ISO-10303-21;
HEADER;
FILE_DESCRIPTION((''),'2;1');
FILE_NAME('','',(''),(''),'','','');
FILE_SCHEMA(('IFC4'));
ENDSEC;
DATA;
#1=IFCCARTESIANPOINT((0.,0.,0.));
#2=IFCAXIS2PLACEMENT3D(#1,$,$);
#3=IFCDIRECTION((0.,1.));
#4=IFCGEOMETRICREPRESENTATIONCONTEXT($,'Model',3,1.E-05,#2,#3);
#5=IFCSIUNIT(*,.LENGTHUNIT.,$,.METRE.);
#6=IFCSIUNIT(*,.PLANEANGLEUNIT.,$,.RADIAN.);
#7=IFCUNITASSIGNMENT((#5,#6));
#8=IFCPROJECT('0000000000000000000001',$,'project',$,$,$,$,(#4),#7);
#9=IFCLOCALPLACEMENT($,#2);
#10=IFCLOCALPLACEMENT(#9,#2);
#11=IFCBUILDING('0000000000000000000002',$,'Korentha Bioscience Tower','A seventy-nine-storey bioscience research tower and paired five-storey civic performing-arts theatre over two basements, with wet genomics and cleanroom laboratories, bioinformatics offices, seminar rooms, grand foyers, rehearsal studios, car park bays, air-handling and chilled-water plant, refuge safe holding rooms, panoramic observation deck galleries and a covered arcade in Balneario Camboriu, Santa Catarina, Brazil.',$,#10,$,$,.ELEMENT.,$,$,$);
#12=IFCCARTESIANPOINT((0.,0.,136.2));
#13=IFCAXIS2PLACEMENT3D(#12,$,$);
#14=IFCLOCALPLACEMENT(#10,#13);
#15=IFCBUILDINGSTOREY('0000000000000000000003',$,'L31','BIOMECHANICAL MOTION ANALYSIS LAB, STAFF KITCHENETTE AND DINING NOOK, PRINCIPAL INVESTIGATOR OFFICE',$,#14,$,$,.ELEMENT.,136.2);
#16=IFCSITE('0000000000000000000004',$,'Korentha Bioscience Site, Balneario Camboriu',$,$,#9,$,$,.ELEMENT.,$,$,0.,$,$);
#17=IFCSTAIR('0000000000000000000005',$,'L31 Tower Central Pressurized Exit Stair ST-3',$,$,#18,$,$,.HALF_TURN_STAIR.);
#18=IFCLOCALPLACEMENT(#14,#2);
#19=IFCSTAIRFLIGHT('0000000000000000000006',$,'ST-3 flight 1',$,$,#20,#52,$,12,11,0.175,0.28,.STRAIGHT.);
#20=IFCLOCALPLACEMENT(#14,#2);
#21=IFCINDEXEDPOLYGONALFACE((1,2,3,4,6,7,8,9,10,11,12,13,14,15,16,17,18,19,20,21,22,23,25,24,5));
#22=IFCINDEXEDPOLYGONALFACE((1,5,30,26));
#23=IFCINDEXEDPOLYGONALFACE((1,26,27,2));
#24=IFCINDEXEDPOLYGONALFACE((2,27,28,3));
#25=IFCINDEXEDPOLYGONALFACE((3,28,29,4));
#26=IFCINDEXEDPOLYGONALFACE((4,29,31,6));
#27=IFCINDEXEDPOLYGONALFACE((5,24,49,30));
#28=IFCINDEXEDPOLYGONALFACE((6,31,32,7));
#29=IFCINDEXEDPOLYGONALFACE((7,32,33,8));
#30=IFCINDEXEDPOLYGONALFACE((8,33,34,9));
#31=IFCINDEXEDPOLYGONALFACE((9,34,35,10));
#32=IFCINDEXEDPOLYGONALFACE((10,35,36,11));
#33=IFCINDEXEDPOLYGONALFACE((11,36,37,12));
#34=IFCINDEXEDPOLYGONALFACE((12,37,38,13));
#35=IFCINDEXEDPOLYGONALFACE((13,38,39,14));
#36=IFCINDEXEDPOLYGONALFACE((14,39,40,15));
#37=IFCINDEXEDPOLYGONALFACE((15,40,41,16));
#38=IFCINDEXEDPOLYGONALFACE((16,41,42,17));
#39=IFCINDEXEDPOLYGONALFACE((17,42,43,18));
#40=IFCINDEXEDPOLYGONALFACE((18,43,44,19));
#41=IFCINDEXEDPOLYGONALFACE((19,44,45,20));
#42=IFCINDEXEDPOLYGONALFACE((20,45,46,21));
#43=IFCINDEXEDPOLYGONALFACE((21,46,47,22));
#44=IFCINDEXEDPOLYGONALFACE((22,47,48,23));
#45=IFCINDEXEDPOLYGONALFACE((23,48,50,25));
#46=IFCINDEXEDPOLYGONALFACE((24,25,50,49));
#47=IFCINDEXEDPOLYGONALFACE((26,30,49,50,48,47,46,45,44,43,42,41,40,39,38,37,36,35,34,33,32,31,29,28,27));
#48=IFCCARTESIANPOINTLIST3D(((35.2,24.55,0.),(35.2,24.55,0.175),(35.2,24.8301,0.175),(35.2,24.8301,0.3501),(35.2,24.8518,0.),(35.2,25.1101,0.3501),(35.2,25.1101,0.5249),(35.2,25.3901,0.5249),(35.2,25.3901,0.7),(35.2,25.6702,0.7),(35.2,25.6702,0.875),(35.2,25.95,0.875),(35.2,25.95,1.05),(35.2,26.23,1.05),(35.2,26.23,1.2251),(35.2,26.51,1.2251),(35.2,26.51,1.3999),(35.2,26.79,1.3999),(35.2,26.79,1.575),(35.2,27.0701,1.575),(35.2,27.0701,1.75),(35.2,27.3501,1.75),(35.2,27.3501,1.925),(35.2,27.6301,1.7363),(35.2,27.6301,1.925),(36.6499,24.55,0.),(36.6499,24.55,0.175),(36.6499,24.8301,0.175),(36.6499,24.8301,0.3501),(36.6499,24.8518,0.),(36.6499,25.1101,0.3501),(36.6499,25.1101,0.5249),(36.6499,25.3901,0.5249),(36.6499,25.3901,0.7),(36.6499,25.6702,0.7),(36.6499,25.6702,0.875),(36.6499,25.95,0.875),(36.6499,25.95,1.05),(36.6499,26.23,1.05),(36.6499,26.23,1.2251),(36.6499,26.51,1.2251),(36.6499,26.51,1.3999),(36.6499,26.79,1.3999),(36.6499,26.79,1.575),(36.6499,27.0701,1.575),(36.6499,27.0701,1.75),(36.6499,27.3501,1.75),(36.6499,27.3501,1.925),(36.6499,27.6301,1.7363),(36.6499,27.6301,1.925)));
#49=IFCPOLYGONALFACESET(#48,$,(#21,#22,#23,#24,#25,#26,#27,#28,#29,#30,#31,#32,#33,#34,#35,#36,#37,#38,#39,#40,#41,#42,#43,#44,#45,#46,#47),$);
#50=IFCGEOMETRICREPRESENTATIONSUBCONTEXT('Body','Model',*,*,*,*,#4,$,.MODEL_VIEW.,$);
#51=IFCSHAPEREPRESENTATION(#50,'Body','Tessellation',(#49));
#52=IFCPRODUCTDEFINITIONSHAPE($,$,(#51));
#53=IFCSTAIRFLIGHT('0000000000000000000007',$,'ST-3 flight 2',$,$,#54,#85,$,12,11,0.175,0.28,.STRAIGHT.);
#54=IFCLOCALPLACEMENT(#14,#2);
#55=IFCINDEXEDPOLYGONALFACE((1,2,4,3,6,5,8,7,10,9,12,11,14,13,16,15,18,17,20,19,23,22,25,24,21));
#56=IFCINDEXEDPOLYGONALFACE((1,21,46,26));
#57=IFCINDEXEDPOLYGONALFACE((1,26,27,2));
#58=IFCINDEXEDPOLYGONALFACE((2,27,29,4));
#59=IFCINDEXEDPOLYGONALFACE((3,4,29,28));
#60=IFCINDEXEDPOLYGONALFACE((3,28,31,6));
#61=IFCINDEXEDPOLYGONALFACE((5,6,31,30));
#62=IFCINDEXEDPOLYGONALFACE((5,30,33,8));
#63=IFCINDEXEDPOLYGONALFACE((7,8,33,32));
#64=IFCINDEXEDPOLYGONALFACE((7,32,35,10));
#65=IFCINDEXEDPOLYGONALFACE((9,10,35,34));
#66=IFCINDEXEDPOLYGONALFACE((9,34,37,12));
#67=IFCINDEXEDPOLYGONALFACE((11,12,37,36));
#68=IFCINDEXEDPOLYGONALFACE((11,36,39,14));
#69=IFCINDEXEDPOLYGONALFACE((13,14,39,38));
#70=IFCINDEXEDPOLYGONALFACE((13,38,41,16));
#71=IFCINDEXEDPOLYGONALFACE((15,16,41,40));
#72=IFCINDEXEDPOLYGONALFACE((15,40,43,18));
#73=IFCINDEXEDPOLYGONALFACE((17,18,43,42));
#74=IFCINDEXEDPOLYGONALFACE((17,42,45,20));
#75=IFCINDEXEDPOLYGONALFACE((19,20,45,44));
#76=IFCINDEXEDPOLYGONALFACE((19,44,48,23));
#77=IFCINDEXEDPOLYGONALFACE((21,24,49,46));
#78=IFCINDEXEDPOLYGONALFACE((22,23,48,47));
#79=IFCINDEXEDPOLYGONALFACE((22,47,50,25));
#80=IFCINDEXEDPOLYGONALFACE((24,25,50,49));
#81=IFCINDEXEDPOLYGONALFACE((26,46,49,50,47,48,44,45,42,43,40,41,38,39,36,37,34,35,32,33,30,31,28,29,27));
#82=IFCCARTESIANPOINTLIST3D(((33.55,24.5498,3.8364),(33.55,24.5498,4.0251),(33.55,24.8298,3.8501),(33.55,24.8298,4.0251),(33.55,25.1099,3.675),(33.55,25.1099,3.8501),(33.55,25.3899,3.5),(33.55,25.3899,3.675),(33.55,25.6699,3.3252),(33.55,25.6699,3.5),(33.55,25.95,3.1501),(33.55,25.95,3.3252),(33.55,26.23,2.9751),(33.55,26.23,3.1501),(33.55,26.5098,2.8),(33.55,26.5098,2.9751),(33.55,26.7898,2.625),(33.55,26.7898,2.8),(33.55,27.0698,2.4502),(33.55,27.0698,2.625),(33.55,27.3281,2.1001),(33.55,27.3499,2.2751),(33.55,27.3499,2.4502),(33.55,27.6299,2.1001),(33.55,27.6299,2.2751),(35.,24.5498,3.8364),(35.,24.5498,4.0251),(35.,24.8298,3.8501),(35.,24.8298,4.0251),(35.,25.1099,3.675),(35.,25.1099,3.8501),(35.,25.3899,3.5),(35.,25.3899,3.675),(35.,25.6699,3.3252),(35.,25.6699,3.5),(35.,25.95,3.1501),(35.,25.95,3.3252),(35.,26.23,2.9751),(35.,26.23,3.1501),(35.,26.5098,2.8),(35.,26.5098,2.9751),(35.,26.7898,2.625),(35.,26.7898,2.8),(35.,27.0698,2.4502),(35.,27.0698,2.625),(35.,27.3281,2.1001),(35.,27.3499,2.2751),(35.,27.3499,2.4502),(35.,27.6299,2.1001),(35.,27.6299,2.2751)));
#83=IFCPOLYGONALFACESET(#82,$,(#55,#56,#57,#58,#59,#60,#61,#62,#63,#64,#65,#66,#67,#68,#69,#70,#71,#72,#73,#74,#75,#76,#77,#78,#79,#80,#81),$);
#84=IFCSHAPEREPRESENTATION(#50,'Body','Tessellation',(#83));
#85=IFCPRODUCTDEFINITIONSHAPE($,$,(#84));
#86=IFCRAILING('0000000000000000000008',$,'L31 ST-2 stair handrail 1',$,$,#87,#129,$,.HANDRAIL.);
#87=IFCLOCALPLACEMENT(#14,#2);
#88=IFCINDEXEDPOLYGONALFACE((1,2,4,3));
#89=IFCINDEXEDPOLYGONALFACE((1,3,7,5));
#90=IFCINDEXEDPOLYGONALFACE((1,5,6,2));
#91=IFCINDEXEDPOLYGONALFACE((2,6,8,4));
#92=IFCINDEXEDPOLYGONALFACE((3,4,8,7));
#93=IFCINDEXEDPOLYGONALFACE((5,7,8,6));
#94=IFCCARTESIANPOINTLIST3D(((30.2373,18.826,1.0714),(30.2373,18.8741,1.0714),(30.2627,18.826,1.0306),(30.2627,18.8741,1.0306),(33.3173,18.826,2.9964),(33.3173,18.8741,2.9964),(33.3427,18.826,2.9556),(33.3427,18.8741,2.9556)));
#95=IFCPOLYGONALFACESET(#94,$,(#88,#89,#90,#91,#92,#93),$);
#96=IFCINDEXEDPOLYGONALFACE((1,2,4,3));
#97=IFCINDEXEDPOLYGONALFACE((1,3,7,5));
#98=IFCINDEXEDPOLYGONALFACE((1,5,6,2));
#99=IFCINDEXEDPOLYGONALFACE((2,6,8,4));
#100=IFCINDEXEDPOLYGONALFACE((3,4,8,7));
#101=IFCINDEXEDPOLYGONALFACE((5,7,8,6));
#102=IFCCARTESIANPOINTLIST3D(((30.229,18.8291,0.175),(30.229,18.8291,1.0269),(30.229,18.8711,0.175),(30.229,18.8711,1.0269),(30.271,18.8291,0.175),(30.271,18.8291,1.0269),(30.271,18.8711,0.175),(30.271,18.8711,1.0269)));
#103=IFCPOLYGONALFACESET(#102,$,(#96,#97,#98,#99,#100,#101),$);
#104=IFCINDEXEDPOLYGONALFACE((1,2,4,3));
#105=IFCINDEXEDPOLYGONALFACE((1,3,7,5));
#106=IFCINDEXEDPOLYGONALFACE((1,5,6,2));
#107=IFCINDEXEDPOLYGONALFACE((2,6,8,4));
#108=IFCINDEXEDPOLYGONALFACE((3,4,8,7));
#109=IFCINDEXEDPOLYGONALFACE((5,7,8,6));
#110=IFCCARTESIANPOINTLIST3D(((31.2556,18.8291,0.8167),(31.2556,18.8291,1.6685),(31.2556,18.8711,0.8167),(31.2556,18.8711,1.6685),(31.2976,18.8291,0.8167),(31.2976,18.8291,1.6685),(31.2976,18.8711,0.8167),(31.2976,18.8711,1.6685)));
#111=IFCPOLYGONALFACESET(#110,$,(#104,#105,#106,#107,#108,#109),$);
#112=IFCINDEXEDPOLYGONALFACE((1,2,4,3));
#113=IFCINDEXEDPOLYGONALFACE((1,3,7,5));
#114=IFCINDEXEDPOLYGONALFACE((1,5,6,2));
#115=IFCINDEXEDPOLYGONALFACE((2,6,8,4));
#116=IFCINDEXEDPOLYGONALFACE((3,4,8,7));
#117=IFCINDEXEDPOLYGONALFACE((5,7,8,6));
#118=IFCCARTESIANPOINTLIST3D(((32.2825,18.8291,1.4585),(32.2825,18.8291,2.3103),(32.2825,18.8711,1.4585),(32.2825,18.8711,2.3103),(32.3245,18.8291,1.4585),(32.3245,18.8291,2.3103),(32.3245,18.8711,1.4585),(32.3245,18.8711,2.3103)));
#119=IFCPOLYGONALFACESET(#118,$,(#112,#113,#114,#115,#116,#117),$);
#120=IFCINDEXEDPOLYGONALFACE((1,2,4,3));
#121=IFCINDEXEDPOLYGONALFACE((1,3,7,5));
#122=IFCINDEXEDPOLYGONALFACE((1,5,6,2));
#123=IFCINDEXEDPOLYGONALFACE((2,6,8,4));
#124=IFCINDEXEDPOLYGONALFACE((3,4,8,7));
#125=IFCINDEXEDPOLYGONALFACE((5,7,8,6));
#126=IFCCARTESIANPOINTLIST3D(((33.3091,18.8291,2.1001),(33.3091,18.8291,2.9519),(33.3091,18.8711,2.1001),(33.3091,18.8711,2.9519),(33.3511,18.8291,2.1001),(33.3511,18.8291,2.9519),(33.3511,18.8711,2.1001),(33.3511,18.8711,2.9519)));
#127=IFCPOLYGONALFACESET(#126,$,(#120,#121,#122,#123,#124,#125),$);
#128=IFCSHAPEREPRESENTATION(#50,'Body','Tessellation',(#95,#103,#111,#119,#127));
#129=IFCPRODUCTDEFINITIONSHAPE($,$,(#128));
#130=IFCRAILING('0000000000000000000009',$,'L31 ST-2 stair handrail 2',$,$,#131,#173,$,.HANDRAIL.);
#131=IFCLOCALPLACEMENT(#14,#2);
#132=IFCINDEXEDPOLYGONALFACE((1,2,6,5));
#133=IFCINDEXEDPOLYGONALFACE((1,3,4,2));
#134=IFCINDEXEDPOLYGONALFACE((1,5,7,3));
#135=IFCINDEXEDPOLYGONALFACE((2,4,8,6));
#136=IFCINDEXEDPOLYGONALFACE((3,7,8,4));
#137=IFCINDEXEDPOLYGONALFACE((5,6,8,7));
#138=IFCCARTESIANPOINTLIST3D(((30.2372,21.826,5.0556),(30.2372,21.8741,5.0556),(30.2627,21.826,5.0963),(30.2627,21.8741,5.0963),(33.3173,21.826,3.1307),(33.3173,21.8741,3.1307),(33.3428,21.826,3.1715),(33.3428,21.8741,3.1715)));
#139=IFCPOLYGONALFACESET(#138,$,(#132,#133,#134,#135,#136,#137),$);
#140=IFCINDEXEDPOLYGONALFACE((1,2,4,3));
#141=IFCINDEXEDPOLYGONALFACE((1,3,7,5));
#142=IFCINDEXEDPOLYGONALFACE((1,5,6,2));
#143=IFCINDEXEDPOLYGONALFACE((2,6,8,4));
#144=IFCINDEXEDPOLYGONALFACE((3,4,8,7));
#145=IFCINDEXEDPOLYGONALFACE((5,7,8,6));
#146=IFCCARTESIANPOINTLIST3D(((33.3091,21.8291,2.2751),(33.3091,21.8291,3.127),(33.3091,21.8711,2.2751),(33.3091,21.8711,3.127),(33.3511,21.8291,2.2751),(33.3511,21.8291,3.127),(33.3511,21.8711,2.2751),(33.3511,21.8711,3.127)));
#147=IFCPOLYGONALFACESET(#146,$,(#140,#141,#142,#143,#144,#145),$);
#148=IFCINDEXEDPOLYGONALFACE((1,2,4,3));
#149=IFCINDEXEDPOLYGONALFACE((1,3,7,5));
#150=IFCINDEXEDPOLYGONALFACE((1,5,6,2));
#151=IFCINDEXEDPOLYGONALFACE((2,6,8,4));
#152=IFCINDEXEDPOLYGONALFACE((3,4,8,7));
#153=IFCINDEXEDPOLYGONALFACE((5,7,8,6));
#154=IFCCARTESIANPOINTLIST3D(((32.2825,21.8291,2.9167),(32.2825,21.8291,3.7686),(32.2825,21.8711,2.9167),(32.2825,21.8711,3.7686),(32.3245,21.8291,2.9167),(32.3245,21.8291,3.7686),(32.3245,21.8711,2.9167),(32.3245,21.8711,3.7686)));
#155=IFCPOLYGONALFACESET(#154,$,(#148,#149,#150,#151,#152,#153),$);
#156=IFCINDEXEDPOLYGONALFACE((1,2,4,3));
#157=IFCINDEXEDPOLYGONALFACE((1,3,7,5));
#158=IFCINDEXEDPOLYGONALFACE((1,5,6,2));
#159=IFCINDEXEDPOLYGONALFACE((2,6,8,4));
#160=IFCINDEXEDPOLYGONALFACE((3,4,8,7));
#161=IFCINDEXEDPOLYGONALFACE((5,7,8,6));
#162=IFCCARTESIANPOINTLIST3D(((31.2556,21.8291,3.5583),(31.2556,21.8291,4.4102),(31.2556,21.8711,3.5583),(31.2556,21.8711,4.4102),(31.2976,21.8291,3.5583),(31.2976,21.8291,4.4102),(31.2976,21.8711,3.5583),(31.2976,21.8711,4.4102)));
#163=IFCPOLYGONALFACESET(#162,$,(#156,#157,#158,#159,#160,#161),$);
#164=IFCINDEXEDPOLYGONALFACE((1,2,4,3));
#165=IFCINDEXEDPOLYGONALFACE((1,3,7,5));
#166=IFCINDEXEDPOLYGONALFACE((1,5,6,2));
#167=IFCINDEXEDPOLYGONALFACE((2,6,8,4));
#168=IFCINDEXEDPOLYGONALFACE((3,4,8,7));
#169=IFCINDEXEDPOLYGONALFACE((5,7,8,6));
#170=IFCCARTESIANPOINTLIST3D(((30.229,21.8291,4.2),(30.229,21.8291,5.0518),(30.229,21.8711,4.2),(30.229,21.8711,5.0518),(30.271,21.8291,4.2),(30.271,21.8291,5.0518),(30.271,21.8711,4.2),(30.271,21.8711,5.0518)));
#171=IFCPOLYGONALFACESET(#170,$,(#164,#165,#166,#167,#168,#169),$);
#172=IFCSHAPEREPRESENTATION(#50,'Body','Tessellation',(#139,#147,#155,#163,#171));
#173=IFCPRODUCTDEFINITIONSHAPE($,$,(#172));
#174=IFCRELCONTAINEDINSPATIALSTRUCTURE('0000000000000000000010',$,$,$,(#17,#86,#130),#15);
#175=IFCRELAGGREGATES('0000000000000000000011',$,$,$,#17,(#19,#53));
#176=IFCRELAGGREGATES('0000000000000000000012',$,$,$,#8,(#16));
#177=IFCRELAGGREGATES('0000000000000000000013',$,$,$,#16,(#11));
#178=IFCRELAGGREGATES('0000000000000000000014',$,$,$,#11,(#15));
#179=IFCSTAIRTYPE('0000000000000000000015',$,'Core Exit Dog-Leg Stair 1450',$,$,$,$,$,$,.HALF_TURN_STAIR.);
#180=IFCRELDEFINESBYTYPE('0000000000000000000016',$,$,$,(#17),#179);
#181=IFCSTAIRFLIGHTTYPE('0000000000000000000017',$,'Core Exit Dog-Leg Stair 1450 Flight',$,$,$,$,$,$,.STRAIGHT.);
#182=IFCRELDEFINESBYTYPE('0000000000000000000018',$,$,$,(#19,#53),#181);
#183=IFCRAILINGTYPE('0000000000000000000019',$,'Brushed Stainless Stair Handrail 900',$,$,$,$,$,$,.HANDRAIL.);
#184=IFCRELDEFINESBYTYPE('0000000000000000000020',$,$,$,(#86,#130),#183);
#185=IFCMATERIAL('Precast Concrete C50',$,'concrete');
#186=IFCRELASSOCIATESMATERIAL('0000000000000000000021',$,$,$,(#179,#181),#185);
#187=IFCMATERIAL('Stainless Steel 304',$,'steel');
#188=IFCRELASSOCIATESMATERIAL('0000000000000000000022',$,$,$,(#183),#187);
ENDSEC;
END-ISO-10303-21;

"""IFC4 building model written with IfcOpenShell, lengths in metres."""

from ifc_helpers import new_model, si_unit, direction, frame, origin, origin_2d, place, context, subcontext, project, spatial, polyline, rectangle, outline, extrude, material, type_object, element, aggregate, save


model = new_model("IFC4")

# Units and contexts
model_context = context("Model", 3, precision=1e-05, world=origin(), true_north=direction((0.0, 1.0)))
body_context = subcontext(model_context, "Body", "Model", "MODEL_VIEW")
ifc_project = project(units=[si_unit("LENGTHUNIT", "METRE"), si_unit("PLANEANGLEUNIT", "RADIAN")], contexts=[model_context])

# Site, building, storey
site_placement = place(None, origin())
site = spatial("IfcSite", under=ifc_project, at=site_placement, Name="Korentha Bioscience Site, Balneario Camboriu", CompositionType="ELEMENT", RefElevation=0.0)
building_placement = place(site_placement, origin())
building = spatial("IfcBuilding", under=site, at=building_placement, Name="Korentha Bioscience Tower", Description="A seventy-nine-storey bioscience research tower and paired five-storey civic performing-arts theatre over two basements, with wet genomics and cleanroom laboratories, bioinformatics offices, seminar rooms, grand foyers, rehearsal studios, car park bays, air-handling and chilled-water plant, refuge safe holding rooms, panoramic observation deck galleries and a covered arcade in Balneario Camboriu, Santa Catarina, Brazil.", CompositionType="ELEMENT")
storey_placement = place(building_placement, frame((0.0, 0.0, 136.2)))
storey = spatial("IfcBuildingStorey", under=building, at=storey_placement, Name="L31", Description="BIOMECHANICAL MOTION ANALYSIS LAB, STAFF KITCHENETTE AND DINING NOOK, PRINCIPAL INVESTIGATOR OFFICE", CompositionType="ELEMENT", Elevation=136.2)

# Stair, stair flights
ifc_material_1 = material(Name="Precast Concrete C50", Category="concrete")
stair_type = type_object("IfcStairType", Name="Core Exit Dog-Leg Stair 1450", PredefinedType="HALF_TURN_STAIR", material=ifc_material_1)
stair_flight_type = type_object("IfcStairFlightType", Name="Core Exit Dog-Leg Stair 1450 Flight", PredefinedType="STRAIGHT", material=ifc_material_1)
stair_1_placement = place(storey_placement, origin())
stair_1 = element("IfcStair", 1, at=stair_1_placement, inside=storey, type_object=stair_type, Name="L31 Tower Central Pressurized Exit Stair ST-3", PredefinedType="HALF_TURN_STAIR")
stair_flight_1_placement = place(storey_placement, frame((35.925, 24.55, 0.0), z_axis=(0.0, 0.0, 1.0), x_axis=(0.0, 1.0, 0.0)))
stair_flight_1 = element("IfcStairFlight", 2, at=stair_flight_1_placement, type_object=stair_flight_type, Name="ST-3 flight 1", NumberOfRisers=12, NumberOfTreads=11, PredefinedType="STRAIGHT", RiserHeight=0.175, TreadLength=0.28, context=body_context, shape_type="SweptSolid", body=[
    extrude(outline(polyline([(0.0, 0.0), (0.0, 0.175), (0.28, 0.175), (0.28, 0.3501), (0.5601, 0.3501), (0.5601, 0.5249), (0.8401, 0.5249), (0.8401, 0.7), (1.1201, 0.7), (1.1201, 0.875), (1.3999, 0.875), (1.3999, 1.05), (1.6799, 1.05), (1.6799, 1.2251), (1.96, 1.2251), (1.96, 1.3999), (2.24, 1.3999), (2.24, 1.575), (2.52, 1.575), (2.52, 1.75), (2.8, 1.75), (2.8, 1.925), (3.0801, 1.925), (3.0801, 2.1001), (3.0801, 1.7363), (0.3018, 0.0), (0.0, 0.0)])), frame((0.0, 0.7251, 0.0), z_axis=(0.0, -1.0, 0.0), x_axis=(1.0, 0.0, 0.0)), (0.0, 0.0, 1.0), 1.45),
])
stair_flight_2_placement = place(storey_placement, frame((34.2749, 27.6299, 2.1001), z_axis=(0.0, 0.0, 1.0), x_axis=(0.0, -1.0, 0.0)))
stair_flight_2 = element("IfcStairFlight", 3, at=stair_flight_2_placement, type_object=stair_flight_type, Name="ST-3 flight 2", NumberOfRisers=12, NumberOfTreads=11, PredefinedType="STRAIGHT", RiserHeight=0.175, TreadLength=0.28, context=body_context, shape_type="SweptSolid", body=[
    extrude(outline(polyline([(0.0, 0.0), (0.0, 0.175), (0.28, 0.175), (0.28, 0.3501), (0.5601, 0.3501), (0.5601, 0.5249), (0.8401, 0.5249), (0.8401, 0.7), (1.1201, 0.7), (1.1201, 0.875), (1.3999, 0.875), (1.3999, 1.05), (1.6799, 1.05), (1.6799, 1.2251), (1.96, 1.2251), (1.96, 1.3999), (2.24, 1.3999), (2.24, 1.575), (2.52, 1.575), (2.52, 1.75), (2.8, 1.75), (2.8, 1.925), (3.0801, 1.925), (3.0801, 2.1001), (3.0801, 1.7363), (0.3018, 0.0), (0.0, 0.0)])), frame((0.0, 0.7251, 0.0), z_axis=(0.0, -1.0, 0.0), x_axis=(1.0, 0.0, 0.0)), (0.0, 0.0, 1.0), 1.45),
])
aggregate(stair_1, [stair_flight_1, stair_flight_2])

# Railings
ifc_material_2 = material(Name="Stainless Steel 304", Category="steel")
railing_type_1 = type_object("IfcRailingType", Name="Brushed Stainless Stair Handrail 900", PredefinedType="HANDRAIL", material=ifc_material_2)
railing_1_placement = place(storey_placement, frame((30.25, 18.8501, 0.175)))
element("IfcRailing", 4, at=railing_1_placement, inside=storey, type_object=railing_type_1, Name="L31 ST-2 stair handrail 1", PredefinedType="HANDRAIL", context=body_context, shape_type="SweptSolid", body=[
    extrude(rectangle(XDim=0.0481, YDim=0.0481, at=origin_2d()), frame((0.0, 0.0, 0.876), z_axis=(0.847998, 0.0, 0.529999), x_axis=(0.0, 1.0, 0.0)), (0.0, 0.0, 1.0), 3.6321),
    extrude(rectangle(XDim=0.042, YDim=0.042, at=origin_2d()), origin(), (0.0, 0.0, 1.0), 0.8518),
    extrude(rectangle(XDim=0.042, YDim=0.042, at=origin_2d()), frame((1.0266, 0.0, 0.6416)), (0.0, 0.0, 1.0), 0.8518),
    extrude(rectangle(XDim=0.042, YDim=0.042, at=origin_2d()), frame((2.0535, 0.0, 1.2834)), (0.0, 0.0, 1.0), 0.8518),
    extrude(rectangle(XDim=0.042, YDim=0.042, at=origin_2d()), frame((3.0801, 0.0, 1.925)), (0.0, 0.0, 1.0), 0.8518),
])
railing_2_placement = place(storey_placement, frame((33.3301, 21.8501, 2.2751)))
element("IfcRailing", 5, at=railing_2_placement, inside=storey, type_object=railing_type_1, Name="L31 ST-2 stair handrail 2", PredefinedType="HANDRAIL", context=body_context, shape_type="SweptSolid", body=[
    extrude(rectangle(XDim=0.0481, YDim=0.0481, at=origin_2d()), frame((0.0, 0.0, 0.876), z_axis=(-0.848029, 0.0, 0.529951), x_axis=(0.0, -1.0, 0.0)), (0.0, 0.0, 1.0), 3.6321),
    extrude(rectangle(XDim=0.042, YDim=0.042, at=origin_2d()), origin(), (0.0, 0.0, 1.0), 0.8518),
    extrude(rectangle(XDim=0.042, YDim=0.042, at=origin_2d()), frame((-1.0266, 0.0, 0.6416)), (0.0, 0.0, 1.0), 0.8518),
    extrude(rectangle(XDim=0.042, YDim=0.042, at=origin_2d()), frame((-2.0535, 0.0, 1.2832)), (0.0, 0.0, 1.0), 0.8518),
    extrude(rectangle(XDim=0.042, YDim=0.042, at=origin_2d()), frame((-3.0801, 0.0, 1.9248)), (0.0, 0.0, 1.0), 0.8518),
])

save(model, "model.ifc")
